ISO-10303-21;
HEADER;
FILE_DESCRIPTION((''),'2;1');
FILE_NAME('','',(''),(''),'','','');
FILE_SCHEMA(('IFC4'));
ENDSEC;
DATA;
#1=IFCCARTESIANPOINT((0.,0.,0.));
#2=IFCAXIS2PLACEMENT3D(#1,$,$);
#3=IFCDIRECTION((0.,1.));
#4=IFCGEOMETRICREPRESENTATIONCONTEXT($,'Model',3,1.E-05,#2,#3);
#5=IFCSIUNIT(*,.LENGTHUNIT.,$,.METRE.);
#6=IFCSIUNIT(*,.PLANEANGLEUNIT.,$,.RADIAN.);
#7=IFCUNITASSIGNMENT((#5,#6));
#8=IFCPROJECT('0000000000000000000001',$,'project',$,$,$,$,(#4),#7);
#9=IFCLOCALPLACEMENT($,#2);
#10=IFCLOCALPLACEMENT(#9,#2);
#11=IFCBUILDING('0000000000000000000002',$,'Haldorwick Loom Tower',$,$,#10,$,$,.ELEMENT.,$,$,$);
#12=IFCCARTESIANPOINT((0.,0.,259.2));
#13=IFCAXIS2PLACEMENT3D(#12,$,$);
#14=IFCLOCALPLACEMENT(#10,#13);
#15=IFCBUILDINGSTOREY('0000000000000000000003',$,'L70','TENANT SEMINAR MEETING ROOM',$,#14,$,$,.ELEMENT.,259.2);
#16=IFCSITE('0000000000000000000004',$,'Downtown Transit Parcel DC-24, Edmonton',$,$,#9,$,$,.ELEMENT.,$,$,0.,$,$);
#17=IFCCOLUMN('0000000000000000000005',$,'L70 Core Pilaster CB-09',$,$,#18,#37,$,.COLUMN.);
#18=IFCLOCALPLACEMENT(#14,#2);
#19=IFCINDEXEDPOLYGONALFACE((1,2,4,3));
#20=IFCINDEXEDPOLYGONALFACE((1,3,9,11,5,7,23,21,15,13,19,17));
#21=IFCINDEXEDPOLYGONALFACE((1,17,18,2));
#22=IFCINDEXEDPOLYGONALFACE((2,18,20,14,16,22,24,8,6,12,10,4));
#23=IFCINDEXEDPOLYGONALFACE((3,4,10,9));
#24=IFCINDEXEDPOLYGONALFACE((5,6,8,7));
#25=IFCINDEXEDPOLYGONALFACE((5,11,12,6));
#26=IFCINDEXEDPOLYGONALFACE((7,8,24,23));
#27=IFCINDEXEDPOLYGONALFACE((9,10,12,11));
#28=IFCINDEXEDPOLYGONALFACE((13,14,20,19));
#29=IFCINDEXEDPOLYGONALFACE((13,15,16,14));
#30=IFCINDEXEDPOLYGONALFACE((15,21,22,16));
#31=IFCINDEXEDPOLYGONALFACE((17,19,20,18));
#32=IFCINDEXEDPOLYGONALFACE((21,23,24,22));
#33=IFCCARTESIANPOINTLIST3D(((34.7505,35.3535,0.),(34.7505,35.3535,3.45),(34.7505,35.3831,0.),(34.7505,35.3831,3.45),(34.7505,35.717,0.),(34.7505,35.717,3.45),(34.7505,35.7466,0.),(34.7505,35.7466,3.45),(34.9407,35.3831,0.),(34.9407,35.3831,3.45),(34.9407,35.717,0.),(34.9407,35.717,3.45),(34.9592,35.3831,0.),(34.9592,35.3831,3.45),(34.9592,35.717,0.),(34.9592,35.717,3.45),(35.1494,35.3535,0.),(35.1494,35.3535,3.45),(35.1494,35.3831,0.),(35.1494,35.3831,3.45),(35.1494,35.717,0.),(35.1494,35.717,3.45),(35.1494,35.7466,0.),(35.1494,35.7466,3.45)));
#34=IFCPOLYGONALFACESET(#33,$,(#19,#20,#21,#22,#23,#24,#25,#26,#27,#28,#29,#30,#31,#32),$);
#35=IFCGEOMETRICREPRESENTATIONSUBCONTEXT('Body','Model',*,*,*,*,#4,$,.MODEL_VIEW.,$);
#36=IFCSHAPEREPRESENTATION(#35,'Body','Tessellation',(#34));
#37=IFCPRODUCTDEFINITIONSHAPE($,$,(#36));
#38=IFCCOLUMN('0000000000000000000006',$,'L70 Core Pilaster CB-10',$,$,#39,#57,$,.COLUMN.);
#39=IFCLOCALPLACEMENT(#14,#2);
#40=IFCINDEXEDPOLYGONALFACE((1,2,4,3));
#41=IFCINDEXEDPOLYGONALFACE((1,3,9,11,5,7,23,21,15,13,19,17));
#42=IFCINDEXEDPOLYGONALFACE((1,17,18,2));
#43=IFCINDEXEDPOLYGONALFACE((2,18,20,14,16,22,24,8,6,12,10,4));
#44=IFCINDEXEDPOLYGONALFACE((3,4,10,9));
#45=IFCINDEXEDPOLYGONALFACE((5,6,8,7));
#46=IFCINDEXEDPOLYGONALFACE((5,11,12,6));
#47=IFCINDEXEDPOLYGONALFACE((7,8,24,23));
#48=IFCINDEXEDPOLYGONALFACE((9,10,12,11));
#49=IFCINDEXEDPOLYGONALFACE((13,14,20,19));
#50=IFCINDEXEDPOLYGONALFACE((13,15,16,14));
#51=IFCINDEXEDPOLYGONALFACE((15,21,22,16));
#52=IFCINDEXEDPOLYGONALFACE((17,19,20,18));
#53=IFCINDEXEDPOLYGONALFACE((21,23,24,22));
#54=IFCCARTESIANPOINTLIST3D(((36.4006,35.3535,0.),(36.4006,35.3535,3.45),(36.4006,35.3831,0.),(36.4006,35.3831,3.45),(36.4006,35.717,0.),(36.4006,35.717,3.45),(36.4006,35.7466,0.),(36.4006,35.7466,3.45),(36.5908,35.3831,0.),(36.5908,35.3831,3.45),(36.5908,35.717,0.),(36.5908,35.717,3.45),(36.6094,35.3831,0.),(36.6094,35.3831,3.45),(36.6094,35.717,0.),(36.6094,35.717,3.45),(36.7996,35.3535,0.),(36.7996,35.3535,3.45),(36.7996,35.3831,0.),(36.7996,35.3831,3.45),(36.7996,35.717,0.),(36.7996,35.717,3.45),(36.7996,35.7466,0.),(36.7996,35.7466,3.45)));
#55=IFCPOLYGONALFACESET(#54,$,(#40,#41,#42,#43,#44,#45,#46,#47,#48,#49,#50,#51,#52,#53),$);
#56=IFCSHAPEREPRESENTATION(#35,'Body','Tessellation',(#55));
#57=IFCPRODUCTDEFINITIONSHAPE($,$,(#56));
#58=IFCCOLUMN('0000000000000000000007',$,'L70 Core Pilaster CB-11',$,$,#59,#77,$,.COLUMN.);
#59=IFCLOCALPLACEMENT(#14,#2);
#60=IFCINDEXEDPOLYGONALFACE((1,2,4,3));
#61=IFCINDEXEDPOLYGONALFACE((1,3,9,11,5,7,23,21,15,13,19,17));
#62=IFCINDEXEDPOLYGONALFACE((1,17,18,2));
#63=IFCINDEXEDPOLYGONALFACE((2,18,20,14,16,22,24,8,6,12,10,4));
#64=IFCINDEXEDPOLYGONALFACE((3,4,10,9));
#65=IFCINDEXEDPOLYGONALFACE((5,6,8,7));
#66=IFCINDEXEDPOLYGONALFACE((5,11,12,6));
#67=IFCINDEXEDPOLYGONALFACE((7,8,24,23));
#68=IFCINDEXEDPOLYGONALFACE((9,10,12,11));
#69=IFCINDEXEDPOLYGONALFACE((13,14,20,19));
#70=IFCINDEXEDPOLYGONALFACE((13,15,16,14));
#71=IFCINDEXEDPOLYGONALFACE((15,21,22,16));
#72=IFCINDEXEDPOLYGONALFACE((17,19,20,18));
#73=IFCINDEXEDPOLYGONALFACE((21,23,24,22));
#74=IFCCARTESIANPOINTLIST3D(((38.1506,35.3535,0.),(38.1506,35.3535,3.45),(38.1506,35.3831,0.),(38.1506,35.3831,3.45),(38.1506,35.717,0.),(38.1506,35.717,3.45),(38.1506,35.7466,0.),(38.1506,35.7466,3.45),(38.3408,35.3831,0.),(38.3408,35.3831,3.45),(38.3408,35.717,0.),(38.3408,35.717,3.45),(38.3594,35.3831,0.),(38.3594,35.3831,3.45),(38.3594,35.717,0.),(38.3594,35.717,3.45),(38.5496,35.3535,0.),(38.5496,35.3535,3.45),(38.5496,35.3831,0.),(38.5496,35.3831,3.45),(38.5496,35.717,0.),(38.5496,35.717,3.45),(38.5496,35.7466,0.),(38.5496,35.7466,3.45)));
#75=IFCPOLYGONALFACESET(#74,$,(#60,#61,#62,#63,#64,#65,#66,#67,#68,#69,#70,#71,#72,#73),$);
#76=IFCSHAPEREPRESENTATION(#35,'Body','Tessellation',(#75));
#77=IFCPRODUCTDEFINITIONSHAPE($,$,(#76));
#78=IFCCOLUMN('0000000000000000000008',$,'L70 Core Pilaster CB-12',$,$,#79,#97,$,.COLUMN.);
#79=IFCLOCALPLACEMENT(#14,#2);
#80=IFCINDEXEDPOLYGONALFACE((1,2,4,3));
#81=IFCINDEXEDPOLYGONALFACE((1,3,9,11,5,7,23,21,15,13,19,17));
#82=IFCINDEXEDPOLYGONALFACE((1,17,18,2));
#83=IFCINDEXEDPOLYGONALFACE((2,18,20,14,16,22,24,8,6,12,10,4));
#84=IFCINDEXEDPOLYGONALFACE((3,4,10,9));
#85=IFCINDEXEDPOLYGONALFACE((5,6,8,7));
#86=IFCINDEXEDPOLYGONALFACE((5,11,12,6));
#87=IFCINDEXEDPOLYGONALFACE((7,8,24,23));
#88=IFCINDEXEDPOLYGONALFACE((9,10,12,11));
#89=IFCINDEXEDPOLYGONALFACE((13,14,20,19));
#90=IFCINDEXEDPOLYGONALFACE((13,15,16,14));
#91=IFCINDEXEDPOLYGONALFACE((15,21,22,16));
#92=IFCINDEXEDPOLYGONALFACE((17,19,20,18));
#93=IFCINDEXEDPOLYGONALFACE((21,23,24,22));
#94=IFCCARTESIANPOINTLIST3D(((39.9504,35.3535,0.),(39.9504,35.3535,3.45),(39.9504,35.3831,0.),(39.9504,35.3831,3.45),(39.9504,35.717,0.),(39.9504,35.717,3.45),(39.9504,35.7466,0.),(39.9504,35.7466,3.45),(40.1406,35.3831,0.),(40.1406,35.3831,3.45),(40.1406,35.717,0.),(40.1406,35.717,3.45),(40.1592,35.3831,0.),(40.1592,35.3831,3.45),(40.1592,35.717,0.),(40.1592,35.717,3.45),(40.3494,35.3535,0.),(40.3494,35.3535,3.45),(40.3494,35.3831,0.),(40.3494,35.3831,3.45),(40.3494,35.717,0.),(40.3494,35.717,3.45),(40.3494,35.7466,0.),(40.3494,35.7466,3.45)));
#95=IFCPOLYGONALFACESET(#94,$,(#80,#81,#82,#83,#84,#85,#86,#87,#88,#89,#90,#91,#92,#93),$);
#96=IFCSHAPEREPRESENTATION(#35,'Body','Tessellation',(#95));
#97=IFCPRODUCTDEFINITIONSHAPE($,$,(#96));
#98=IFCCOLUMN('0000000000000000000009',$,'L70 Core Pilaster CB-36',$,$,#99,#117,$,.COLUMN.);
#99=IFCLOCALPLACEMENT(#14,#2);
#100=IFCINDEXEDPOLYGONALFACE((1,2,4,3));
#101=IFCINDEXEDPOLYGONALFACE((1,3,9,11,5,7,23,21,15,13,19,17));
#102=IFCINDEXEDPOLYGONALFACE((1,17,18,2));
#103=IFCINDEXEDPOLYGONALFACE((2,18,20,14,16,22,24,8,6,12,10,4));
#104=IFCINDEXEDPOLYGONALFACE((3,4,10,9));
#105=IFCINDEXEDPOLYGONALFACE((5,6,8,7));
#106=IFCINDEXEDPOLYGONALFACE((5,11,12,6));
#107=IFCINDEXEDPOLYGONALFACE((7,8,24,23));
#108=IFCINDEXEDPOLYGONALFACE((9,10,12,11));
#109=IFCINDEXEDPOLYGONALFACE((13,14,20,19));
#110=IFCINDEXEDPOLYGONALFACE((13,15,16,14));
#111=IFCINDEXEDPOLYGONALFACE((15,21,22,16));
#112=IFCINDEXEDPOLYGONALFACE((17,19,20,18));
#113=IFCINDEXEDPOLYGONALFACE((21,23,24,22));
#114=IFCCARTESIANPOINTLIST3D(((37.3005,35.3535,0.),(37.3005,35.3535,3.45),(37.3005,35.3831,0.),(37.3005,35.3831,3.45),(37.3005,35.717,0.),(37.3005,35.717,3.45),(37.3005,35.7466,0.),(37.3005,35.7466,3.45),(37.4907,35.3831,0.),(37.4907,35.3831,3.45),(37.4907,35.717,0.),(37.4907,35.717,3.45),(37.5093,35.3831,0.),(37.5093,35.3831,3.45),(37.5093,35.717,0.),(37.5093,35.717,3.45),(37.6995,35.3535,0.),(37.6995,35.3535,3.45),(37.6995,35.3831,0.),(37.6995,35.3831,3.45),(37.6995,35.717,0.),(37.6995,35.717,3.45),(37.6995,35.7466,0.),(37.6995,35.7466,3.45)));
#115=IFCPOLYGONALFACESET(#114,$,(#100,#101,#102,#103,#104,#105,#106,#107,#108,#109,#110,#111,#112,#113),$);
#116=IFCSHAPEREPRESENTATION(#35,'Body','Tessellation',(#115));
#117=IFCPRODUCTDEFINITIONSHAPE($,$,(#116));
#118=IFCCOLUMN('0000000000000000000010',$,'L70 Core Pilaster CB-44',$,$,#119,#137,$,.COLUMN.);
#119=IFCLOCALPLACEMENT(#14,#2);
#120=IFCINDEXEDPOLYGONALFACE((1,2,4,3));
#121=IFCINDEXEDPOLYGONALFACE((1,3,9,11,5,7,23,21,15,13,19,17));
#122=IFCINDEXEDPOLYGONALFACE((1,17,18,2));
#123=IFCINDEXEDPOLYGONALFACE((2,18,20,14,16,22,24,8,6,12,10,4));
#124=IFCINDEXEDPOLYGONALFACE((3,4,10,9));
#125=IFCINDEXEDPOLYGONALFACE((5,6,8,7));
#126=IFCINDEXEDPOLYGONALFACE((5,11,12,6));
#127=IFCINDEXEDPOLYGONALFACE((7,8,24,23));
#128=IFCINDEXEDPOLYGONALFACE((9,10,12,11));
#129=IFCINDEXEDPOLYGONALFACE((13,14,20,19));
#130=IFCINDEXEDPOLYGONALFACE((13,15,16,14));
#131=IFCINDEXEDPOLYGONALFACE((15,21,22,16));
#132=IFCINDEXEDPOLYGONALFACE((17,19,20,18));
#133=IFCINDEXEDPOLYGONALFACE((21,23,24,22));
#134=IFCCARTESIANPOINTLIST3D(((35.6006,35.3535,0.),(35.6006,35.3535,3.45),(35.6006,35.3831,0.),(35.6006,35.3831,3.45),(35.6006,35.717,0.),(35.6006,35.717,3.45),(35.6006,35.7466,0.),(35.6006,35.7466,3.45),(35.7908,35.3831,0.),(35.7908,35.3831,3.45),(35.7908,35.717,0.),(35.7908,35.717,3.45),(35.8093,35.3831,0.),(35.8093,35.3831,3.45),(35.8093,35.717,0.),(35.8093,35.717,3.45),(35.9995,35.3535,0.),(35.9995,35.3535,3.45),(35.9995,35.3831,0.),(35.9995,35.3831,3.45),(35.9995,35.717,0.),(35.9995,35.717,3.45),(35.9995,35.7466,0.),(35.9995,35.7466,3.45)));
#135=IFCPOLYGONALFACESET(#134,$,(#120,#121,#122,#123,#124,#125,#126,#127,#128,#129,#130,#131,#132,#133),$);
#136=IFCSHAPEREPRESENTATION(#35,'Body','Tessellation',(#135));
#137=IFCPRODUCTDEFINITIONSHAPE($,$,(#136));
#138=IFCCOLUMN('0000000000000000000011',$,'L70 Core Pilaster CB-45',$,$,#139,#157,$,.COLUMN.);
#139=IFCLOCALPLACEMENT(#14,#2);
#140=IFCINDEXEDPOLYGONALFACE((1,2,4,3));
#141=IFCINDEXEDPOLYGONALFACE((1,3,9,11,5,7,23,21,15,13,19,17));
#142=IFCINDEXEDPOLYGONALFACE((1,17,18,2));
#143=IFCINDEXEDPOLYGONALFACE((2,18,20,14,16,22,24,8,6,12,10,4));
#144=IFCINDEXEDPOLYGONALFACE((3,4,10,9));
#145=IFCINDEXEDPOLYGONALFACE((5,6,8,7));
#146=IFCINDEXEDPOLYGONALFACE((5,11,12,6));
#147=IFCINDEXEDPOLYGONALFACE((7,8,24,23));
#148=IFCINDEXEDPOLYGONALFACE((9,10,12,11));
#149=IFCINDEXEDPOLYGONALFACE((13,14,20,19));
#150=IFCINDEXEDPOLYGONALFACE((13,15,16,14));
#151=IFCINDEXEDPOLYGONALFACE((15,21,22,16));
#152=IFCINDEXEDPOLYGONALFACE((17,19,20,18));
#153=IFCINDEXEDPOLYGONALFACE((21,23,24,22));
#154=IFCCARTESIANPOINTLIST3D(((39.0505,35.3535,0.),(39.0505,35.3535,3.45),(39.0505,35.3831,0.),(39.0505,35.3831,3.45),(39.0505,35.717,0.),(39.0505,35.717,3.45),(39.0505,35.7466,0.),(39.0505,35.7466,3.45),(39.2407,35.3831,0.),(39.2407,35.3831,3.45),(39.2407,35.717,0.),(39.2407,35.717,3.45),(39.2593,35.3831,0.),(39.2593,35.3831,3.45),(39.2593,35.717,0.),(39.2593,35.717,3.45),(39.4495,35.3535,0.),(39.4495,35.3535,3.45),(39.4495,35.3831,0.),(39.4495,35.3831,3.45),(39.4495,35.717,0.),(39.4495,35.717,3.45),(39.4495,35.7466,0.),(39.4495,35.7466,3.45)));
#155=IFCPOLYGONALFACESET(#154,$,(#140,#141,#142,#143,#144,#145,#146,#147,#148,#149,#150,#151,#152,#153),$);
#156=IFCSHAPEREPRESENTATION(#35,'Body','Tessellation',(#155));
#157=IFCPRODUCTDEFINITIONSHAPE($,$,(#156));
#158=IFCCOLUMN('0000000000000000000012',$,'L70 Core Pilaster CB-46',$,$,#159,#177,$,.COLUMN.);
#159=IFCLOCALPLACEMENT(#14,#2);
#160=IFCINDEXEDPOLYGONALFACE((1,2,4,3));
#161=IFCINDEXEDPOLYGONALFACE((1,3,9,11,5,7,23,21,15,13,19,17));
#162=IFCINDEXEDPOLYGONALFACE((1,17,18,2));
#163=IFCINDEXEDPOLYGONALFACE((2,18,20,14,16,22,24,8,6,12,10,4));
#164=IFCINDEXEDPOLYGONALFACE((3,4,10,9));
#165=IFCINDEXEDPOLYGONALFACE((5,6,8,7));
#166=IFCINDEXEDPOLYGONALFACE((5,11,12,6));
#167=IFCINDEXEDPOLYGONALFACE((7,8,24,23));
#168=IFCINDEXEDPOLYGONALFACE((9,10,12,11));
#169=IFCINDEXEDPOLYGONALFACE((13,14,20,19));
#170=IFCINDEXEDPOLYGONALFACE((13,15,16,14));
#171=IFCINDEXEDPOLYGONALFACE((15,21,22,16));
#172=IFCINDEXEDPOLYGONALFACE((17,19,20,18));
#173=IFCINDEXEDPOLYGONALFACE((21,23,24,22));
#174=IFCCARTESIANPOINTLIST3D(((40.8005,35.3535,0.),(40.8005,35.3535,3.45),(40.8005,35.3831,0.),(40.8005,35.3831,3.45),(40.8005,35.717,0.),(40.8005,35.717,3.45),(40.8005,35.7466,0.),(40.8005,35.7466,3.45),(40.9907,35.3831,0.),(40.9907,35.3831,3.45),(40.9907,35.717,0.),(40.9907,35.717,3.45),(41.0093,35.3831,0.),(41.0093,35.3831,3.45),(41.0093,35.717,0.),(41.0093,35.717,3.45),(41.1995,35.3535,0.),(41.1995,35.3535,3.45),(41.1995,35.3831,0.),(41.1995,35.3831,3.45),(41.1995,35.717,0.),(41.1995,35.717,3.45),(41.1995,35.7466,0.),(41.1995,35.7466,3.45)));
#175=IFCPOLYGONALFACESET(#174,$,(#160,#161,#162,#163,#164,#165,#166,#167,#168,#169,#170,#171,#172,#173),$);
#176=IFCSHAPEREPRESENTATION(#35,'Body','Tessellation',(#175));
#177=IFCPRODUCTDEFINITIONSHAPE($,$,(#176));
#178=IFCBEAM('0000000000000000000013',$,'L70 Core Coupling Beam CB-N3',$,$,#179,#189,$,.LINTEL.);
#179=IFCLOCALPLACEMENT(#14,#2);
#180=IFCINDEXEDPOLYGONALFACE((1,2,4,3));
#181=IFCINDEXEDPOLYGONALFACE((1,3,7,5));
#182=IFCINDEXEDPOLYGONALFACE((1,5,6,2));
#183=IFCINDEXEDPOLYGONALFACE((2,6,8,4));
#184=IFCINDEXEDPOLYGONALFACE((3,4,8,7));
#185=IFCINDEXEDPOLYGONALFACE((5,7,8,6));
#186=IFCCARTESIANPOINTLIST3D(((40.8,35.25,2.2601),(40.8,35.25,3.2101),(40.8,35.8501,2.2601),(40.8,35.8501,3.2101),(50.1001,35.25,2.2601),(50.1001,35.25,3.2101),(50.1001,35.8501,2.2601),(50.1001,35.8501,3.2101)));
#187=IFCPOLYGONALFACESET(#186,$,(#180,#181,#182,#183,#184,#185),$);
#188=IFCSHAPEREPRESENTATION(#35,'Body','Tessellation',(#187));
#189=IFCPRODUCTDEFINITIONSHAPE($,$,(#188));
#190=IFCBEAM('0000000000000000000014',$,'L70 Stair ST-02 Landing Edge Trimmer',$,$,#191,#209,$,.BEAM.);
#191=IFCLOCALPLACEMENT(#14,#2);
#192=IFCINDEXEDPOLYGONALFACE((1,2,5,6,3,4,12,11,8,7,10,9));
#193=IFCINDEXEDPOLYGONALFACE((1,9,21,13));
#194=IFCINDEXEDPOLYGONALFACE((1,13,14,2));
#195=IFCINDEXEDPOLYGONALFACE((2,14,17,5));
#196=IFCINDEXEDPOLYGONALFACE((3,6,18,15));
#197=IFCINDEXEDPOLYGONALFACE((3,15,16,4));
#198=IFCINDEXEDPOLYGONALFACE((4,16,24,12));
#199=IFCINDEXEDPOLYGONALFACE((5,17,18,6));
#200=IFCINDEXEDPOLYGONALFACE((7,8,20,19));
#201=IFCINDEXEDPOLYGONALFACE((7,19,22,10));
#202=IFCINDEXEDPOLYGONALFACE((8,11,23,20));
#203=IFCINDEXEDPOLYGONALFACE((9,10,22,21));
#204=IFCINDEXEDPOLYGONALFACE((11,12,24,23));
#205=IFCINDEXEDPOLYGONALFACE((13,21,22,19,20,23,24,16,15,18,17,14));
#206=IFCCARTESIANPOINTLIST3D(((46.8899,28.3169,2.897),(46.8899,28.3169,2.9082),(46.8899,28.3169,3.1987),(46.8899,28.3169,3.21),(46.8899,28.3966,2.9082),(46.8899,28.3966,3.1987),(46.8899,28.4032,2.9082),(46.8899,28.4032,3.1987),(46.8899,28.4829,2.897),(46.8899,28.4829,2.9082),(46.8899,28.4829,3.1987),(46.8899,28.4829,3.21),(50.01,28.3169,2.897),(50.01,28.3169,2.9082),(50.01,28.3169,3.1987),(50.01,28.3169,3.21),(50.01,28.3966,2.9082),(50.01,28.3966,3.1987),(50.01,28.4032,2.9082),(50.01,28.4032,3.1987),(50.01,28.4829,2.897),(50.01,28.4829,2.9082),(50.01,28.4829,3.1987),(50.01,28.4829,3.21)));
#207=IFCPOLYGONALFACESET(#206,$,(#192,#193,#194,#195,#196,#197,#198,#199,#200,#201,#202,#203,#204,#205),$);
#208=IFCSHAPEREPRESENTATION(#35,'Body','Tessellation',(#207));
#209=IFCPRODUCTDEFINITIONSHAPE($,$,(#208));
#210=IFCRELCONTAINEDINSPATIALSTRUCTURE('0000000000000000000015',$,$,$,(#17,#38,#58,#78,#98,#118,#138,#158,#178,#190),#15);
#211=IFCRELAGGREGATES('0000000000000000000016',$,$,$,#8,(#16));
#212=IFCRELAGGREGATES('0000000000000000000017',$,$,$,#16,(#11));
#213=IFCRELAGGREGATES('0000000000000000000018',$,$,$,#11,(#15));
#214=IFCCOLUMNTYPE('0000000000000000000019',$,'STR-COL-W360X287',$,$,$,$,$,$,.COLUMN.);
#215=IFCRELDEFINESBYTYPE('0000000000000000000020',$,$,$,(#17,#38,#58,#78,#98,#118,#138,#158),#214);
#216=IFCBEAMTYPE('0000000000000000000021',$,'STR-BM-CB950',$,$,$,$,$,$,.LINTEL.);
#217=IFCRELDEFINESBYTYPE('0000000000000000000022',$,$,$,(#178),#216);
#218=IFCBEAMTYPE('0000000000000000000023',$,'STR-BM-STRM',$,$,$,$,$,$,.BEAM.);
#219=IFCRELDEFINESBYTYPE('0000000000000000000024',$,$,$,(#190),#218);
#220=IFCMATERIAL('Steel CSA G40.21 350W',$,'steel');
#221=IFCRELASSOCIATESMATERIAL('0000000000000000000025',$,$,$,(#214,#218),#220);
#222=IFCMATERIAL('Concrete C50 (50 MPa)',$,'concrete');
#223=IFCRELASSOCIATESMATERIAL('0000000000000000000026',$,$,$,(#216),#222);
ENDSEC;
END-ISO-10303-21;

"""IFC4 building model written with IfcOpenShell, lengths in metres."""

from ifc_helpers import new_model, si_unit, direction, frame, origin, origin_2d, place, context, subcontext, project, spatial, rectangle, i_section, extrude, material, material_profile, profile_set, type_object, element, save


model = new_model("IFC4")

# Units and contexts
model_context = context("Model", 3, precision=1e-05, world=origin(), true_north=direction((0.0, 1.0)))
body_context = subcontext(model_context, "Body", "Model", "MODEL_VIEW")
ifc_project = project(units=[si_unit("LENGTHUNIT", "METRE"), si_unit("PLANEANGLEUNIT", "RADIAN")], contexts=[model_context])

# Site, building, storey
site_placement = place(None, origin())
site = spatial("IfcSite", under=ifc_project, at=site_placement, Name="Downtown Transit Parcel DC-24, Edmonton", CompositionType="ELEMENT", RefElevation=0.0)
building_placement = place(site_placement, origin())
building = spatial("IfcBuilding", under=site, at=building_placement, Name="Haldorwick Loom Tower", CompositionType="ELEMENT")
storey_placement = place(building_placement, frame((0.0, 0.0, 259.2)))
storey = spatial("IfcBuildingStorey", under=building, at=storey_placement, Name="L70", Description="TENANT SEMINAR MEETING ROOM", CompositionType="ELEMENT", Elevation=259.2)

# Columns
ifc_material_1 = material(Name="Steel CSA G40.21 350W", Category="steel")
ifc_material_profile_1 = material_profile(ifc_material_1, i_section(OverallWidth=0.3989, OverallDepth=0.3931, WebThickness=0.0186, FlangeThickness=0.0295, at=origin_2d()), Name="W360X287", Category="steel")
ifc_profile_set_1 = profile_set([ifc_material_profile_1], Name="Steel CSA G40.21 350W")
column_type = type_object("IfcColumnType", Name="STR-COL-W360X287", PredefinedType="COLUMN", material=ifc_profile_set_1)
for number, where, z_axis, x_axis, name in (
    (1, (34.95, 35.55, 0.0), (0.0, 0.0, 1.0), (1.0, 0.0, 0.0), "L70 Core Pilaster CB-09"),
    (2, (36.6001, 35.55, 0.0), (0.0, 0.0, 1.0), (1.0, 0.0, 0.0), "L70 Core Pilaster CB-10"),
    (3, (38.3501, 35.55, 0.0), (0.0, 0.0, 1.0), (1.0, 0.0, 0.0), "L70 Core Pilaster CB-11"),
    (4, (40.1499, 35.55, 0.0), (0.0, 0.0, 1.0), (1.0, 0.0, 0.0), "L70 Core Pilaster CB-12"),
    (5, (37.5, 35.55, 0.0), (0.0, 0.0, 1.0), (1.0, 0.0, 0.0), "L70 Core Pilaster CB-36"),
    (6, (35.8, 35.55, 0.0), (0.0, 0.0, 1.0), (1.0, 0.0, 0.0), "L70 Core Pilaster CB-44"),
    (7, (39.25, 35.55, 0.0), (0.0, 0.0, 1.0), (1.0, 0.0, 0.0), "L70 Core Pilaster CB-45"),
    (8, (41.0, 35.55, 0.0), (0.0, 0.0, 1.0), (1.0, 0.0, 0.0), "L70 Core Pilaster CB-46"),
):
    element("IfcColumn", number, at=place(storey_placement, frame(where, z_axis=z_axis, x_axis=x_axis)), inside=storey, type_object=column_type, Name=name, PredefinedType="COLUMN", context=body_context, shape_type="SweptSolid", body=[
        extrude(i_section(OverallWidth=0.3989, OverallDepth=0.3931, WebThickness=0.0186, FlangeThickness=0.0295, at=origin_2d()), origin(), (0.0, 0.0, 1.0), 3.45),
    ])

# Beams
ifc_material_2 = material(Name="Concrete C50 (50 MPa)", Category="concrete")
ifc_material_profile_2 = material_profile(ifc_material_2, rectangle(XDim=0.6001, YDim=0.95, at=origin_2d()), Name="RC600X950", Category="concrete")
ifc_profile_set_2 = profile_set([ifc_material_profile_2], Name="Concrete C50 (50 MPa)")
beam_type_1 = type_object("IfcBeamType", Name="STR-BM-CB950", PredefinedType="LINTEL", material=ifc_profile_set_2)
beam_placement = place(storey_placement, frame((40.8, 35.55, 2.7351), z_axis=(1.0, 0.0, 0.0), x_axis=(0.0, 1.0, 0.0)))
element("IfcBeam", 9, at=beam_placement, inside=storey, type_object=beam_type_1, Name="L70 Core Coupling Beam CB-N3", PredefinedType="LINTEL", context=body_context, shape_type="SweptSolid", body=[
    extrude(rectangle(XDim=0.6001, YDim=0.95, at=origin_2d()), origin(), (0.0, 0.0, 1.0), 9.3),
])
ifc_material_profile_3 = material_profile(ifc_material_1, i_section(OverallWidth=0.166, OverallDepth=0.313, WebThickness=0.0066, FlangeThickness=0.0112, at=origin_2d()), Name="W310X45", Category="steel")
ifc_profile_set_3 = profile_set([ifc_material_profile_3], Name="Steel CSA G40.21 350W")
beam_type_2 = type_object("IfcBeamType", Name="STR-BM-STRM", PredefinedType="BEAM", material=ifc_profile_set_3)
for number, where, z_axis, x_axis, name in (
    (10, (46.8899, 28.3999, 3.0535), (1.0, 0.0, 0.0), (0.0, 1.0, 0.0), "L70 Stair ST-02 Landing Edge Trimmer"),
):
    element("IfcBeam", number, at=place(storey_placement, frame(where, z_axis=z_axis, x_axis=x_axis)), inside=storey, type_object=beam_type_2, Name=name, PredefinedType="BEAM", context=body_context, shape_type="SweptSolid", body=[
        extrude(i_section(OverallWidth=0.166, OverallDepth=0.313, WebThickness=0.0066, FlangeThickness=0.0112, at=origin_2d()), origin(), (0.0, 0.0, 1.0), 3.1201),
    ])

save(model, "model.ifc")
